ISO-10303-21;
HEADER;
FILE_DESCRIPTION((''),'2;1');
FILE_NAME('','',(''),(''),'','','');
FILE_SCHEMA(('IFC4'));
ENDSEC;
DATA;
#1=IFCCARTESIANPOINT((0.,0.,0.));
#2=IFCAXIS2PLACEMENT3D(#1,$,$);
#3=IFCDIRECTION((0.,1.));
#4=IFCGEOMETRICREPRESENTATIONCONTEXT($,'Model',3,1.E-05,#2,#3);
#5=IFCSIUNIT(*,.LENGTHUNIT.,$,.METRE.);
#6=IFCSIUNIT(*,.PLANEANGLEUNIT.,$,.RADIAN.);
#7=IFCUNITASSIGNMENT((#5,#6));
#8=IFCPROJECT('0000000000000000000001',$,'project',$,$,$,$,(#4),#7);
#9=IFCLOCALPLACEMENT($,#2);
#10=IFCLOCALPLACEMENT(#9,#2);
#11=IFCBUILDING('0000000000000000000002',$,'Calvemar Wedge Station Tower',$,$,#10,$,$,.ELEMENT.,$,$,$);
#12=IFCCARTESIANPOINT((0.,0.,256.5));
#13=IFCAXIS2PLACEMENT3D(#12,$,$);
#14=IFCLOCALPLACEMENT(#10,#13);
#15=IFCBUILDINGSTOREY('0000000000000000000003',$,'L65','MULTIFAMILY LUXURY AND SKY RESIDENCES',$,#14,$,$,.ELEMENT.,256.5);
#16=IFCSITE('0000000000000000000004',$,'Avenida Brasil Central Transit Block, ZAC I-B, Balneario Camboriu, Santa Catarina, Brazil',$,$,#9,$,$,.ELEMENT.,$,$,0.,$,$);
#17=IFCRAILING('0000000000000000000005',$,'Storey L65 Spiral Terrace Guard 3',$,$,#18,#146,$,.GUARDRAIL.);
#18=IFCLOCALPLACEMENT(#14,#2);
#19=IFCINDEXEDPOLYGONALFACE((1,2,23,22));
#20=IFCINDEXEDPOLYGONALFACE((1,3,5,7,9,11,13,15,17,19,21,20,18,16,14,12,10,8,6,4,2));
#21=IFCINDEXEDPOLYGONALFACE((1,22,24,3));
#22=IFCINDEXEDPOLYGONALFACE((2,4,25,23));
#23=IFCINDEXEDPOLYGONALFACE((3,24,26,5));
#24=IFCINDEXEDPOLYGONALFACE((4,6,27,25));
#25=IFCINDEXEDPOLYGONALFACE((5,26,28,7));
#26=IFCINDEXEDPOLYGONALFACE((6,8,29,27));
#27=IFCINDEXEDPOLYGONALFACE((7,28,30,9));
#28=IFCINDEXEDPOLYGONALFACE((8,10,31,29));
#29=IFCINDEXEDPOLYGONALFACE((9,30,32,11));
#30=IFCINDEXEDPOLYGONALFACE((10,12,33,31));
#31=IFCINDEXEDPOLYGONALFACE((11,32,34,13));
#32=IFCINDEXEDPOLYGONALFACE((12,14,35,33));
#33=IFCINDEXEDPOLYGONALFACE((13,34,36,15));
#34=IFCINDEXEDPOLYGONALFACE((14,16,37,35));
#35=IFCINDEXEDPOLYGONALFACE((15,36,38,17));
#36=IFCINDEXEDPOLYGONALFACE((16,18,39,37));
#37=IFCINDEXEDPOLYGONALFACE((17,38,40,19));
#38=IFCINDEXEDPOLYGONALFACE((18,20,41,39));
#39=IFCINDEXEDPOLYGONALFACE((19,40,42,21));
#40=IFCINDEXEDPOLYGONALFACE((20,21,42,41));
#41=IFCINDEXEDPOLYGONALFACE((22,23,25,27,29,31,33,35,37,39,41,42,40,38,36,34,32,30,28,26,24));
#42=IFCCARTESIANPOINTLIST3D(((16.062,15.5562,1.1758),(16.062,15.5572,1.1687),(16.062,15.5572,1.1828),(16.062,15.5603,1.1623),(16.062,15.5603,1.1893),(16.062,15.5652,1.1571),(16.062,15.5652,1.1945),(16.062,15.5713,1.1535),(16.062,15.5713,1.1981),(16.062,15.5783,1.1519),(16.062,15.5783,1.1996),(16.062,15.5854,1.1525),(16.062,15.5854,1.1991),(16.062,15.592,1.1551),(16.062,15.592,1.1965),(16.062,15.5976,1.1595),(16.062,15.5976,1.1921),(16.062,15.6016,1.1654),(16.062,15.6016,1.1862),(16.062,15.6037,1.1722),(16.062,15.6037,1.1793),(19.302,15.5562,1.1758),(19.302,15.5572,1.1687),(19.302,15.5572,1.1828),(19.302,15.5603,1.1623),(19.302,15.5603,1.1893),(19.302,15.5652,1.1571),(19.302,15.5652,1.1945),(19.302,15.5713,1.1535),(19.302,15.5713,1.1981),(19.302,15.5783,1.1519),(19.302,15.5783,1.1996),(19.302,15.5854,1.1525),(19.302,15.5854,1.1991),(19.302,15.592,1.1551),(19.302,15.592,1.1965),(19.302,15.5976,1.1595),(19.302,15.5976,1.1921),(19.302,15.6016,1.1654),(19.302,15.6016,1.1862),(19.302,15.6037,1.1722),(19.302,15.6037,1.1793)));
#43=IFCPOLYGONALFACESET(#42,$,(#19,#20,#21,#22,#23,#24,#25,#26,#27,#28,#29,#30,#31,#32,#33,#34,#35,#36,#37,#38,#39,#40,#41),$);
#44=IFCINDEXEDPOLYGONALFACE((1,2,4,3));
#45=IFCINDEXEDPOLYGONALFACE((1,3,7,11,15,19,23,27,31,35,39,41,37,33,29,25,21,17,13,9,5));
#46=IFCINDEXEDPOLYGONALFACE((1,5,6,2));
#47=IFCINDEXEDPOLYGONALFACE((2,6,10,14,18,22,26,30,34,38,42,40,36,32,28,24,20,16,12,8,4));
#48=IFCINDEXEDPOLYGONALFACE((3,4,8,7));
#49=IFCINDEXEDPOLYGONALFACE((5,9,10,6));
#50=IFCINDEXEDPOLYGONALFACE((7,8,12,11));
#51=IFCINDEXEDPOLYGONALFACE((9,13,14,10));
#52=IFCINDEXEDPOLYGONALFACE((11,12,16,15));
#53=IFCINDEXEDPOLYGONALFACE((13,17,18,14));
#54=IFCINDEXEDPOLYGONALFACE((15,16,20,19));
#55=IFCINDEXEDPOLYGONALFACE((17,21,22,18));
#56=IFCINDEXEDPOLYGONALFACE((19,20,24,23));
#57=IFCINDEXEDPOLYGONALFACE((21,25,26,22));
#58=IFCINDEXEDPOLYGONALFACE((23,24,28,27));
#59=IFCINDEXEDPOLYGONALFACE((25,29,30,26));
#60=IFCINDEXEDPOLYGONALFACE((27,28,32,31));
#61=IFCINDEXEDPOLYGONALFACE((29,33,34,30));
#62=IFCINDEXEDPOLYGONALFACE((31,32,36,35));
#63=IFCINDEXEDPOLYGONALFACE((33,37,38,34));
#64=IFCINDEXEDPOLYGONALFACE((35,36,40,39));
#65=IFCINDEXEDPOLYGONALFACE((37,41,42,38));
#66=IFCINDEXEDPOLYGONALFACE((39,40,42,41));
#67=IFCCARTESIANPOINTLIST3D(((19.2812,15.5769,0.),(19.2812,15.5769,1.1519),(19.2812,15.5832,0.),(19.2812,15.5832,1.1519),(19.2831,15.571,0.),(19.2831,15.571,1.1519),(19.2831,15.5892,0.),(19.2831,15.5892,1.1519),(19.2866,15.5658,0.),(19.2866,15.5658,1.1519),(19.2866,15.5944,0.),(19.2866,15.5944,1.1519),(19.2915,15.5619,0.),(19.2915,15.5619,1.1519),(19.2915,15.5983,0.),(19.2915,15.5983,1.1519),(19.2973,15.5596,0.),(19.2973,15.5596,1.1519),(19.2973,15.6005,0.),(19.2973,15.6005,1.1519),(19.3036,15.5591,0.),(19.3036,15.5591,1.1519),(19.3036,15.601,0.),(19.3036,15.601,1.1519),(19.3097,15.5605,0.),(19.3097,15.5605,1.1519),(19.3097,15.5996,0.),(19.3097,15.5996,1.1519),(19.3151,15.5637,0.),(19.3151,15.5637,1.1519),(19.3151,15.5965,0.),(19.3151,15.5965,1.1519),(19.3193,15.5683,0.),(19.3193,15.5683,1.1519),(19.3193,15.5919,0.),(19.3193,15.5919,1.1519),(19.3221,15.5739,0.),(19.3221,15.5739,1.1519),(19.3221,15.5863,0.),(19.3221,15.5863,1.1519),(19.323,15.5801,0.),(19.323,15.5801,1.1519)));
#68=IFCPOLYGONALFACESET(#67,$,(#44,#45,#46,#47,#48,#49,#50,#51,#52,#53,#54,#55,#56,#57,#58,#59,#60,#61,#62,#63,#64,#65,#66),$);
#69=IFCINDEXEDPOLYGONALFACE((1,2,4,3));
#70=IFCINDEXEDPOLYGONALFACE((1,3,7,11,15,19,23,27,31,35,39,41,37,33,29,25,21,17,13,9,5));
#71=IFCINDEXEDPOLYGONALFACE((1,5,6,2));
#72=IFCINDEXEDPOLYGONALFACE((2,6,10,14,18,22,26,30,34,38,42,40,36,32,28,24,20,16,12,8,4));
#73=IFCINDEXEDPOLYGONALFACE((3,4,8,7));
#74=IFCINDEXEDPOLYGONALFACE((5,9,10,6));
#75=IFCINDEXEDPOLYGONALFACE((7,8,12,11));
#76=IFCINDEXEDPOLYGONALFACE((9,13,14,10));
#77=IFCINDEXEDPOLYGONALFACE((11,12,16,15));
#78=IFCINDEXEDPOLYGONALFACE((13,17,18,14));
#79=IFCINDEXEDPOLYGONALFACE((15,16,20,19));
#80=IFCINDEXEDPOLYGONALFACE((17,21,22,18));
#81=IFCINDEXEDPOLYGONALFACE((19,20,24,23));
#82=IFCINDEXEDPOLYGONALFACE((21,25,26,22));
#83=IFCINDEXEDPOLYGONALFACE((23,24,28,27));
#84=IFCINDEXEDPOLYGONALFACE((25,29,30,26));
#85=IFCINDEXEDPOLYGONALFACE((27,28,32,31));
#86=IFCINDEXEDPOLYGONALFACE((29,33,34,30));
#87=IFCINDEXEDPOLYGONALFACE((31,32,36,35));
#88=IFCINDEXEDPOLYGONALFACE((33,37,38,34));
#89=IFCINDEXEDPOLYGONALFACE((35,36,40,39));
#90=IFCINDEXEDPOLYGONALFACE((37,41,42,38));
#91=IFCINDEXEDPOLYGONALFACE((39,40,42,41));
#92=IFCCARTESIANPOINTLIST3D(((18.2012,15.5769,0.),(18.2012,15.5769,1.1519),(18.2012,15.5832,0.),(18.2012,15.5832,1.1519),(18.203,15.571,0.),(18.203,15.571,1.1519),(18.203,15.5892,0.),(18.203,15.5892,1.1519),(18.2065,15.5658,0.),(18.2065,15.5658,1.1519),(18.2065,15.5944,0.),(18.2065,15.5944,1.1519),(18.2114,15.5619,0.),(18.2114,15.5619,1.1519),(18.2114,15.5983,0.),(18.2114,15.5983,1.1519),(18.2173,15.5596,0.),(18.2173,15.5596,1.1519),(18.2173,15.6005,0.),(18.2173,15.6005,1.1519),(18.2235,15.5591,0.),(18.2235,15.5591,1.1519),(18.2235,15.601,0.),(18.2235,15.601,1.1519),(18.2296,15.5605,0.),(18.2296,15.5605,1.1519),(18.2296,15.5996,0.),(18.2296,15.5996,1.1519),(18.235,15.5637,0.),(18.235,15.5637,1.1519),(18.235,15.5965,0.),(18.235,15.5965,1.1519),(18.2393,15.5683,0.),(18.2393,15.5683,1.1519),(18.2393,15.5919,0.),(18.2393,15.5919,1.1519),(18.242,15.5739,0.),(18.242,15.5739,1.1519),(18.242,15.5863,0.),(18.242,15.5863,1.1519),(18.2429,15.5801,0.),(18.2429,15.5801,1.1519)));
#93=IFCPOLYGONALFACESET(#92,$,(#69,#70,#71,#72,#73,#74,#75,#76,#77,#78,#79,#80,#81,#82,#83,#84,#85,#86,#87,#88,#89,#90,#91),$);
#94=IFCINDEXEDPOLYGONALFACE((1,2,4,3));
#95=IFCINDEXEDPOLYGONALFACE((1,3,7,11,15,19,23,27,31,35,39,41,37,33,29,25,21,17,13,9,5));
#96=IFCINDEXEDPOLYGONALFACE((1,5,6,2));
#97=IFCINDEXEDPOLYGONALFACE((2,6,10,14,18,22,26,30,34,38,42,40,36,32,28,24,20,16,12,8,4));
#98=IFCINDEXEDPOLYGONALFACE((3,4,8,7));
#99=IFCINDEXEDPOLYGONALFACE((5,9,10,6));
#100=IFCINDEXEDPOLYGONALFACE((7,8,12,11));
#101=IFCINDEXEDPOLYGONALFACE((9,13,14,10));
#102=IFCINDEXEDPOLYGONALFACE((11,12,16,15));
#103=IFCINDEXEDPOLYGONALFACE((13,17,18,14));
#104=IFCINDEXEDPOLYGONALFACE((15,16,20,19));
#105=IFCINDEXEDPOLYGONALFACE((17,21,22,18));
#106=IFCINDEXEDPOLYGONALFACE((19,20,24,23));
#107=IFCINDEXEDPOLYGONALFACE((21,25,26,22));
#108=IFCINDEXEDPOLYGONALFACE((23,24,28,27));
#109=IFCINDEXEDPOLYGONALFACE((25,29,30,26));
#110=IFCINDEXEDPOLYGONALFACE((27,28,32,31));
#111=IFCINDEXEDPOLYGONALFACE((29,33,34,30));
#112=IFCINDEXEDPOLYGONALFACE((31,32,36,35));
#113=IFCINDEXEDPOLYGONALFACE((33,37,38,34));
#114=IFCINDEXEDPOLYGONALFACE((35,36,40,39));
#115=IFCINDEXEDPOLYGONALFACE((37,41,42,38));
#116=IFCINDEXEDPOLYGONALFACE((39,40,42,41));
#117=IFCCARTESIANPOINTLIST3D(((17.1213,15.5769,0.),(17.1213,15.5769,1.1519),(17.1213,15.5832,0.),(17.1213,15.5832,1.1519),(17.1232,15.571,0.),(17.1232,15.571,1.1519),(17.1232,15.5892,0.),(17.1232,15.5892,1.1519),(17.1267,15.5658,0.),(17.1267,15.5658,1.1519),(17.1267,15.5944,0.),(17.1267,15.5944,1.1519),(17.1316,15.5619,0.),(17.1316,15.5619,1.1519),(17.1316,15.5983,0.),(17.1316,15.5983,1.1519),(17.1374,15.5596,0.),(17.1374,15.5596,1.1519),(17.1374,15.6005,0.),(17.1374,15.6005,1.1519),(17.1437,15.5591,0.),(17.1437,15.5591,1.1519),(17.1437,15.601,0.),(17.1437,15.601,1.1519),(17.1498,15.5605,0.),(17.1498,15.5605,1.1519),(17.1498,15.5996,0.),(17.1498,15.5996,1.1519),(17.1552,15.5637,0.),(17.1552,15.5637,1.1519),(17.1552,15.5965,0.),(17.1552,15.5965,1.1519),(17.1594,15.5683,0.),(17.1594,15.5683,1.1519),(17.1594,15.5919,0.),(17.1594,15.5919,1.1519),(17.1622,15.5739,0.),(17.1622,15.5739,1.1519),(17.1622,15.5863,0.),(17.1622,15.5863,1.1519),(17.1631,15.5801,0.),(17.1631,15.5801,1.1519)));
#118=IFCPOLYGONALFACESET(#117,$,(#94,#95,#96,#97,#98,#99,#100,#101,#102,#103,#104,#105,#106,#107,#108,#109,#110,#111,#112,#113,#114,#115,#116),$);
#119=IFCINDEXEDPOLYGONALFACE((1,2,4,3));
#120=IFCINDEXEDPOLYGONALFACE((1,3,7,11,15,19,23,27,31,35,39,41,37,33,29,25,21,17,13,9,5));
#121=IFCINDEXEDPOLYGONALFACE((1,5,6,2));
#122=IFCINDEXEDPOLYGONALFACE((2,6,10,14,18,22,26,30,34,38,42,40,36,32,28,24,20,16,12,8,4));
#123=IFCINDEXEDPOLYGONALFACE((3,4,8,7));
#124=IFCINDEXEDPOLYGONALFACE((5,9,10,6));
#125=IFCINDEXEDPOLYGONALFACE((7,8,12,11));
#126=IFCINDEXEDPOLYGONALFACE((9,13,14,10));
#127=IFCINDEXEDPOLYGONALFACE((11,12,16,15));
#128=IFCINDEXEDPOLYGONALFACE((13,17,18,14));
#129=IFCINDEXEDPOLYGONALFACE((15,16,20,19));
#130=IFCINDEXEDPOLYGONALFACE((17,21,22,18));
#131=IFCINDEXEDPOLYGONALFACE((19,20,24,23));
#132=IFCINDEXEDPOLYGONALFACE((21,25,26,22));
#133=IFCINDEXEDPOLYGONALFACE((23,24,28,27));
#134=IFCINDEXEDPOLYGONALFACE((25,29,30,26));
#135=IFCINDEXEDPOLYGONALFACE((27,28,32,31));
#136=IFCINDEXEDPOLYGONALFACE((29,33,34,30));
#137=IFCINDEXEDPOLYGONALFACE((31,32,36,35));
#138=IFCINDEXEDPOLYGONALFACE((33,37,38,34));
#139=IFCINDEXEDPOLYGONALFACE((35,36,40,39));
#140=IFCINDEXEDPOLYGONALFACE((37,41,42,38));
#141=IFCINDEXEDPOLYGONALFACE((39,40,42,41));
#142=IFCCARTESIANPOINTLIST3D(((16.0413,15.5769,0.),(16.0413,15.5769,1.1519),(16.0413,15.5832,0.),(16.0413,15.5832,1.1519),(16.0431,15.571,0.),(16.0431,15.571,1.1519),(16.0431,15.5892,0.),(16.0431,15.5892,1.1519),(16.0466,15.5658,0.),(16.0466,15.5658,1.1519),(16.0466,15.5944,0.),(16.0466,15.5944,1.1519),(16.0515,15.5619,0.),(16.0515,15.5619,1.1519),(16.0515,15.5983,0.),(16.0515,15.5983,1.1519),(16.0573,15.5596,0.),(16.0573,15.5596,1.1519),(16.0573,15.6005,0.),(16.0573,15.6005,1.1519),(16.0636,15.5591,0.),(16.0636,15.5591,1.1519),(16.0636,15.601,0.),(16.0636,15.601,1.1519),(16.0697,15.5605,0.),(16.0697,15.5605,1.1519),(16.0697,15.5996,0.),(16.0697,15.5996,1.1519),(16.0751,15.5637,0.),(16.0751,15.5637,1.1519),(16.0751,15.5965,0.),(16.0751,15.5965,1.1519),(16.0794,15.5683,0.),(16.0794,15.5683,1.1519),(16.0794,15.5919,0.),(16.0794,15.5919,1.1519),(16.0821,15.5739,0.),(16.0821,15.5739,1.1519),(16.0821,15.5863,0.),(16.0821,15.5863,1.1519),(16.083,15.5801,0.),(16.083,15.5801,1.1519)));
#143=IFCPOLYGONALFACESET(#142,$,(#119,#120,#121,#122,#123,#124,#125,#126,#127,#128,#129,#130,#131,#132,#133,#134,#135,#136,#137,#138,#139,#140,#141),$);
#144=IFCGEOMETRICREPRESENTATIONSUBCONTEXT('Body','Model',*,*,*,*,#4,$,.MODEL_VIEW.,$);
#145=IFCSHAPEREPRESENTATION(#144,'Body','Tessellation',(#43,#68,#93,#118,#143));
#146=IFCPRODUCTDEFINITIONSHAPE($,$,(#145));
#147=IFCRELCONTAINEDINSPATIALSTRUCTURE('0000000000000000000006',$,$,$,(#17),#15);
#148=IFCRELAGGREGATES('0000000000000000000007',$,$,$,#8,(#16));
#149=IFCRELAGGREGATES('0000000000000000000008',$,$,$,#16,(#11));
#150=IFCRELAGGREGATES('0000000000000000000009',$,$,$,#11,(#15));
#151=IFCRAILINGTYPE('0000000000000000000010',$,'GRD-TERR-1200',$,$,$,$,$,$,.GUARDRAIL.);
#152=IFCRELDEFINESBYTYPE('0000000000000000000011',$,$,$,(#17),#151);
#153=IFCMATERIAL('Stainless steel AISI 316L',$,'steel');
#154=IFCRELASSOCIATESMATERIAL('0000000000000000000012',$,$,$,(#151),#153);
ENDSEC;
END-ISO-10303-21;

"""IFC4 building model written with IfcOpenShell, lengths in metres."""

from ifc_helpers import new_model, si_unit, direction, frame, origin, origin_2d, place, context, subcontext, project, spatial, circle, extrude, material, type_object, element, save


model = new_model("IFC4")

# Units and contexts
model_context = context("Model", 3, precision=1e-05, world=origin(), true_north=direction((0.0, 1.0)))
body_context = subcontext(model_context, "Body", "Model", "MODEL_VIEW")
ifc_project = project(units=[si_unit("LENGTHUNIT", "METRE"), si_unit("PLANEANGLEUNIT", "RADIAN")], contexts=[model_context])

# Site, building, storey
site_placement = place(None, origin())
site = spatial("IfcSite", under=ifc_project, at=site_placement, Name="Avenida Brasil Central Transit Block, ZAC I-B, Balneario Camboriu, Santa Catarina, Brazil", CompositionType="ELEMENT", RefElevation=0.0)
building_placement = place(site_placement, origin())
building = spatial("IfcBuilding", under=site, at=building_placement, Name="Calvemar Wedge Station Tower", CompositionType="ELEMENT")
storey_placement = place(building_placement, frame((0.0, 0.0, 256.5)))
storey = spatial("IfcBuildingStorey", under=building, at=storey_placement, Name="L65", Description="MULTIFAMILY LUXURY AND SKY RESIDENCES", CompositionType="ELEMENT", Elevation=256.5)

# Railing
ifc_material_1 = material(Name="Stainless steel AISI 316L", Category="steel")
railing_type = type_object("IfcRailingType", Name="GRD-TERR-1200", PredefinedType="GUARDRAIL", material=ifc_material_1)
railing_1_placement = place(storey_placement, frame((19.302, 15.5801, 0.0)))
element("IfcRailing", 1, at=railing_1_placement, inside=storey, type_object=railing_type, Name="Storey L65 Spiral Terrace Guard 3", PredefinedType="GUARDRAIL", context=body_context, shape_type="SweptSolid", body=[
    extrude(circle(Radius=0.0239, at=origin_2d()), frame((0.0, 0.0, 1.1758), z_axis=(-1.0, 0.0, 0.0), x_axis=(0.0, -1.0, 0.0)), (0.0, 0.0, 1.0), 3.24),
    extrude(circle(Radius=0.021, at=origin_2d()), origin(), (0.0, 0.0, 1.0), 1.1519),
    extrude(circle(Radius=0.021, at=origin_2d()), frame((-1.0801, 0.0, 0.0)), (0.0, 0.0, 1.0), 1.1519),
    extrude(circle(Radius=0.021, at=origin_2d()), frame((-2.1599, 0.0, 0.0)), (0.0, 0.0, 1.0), 1.1519),
    extrude(circle(Radius=0.021, at=origin_2d()), frame((-3.24, 0.0, 0.0)), (0.0, 0.0, 1.0), 1.1519),
])

save(model, "model.ifc")
